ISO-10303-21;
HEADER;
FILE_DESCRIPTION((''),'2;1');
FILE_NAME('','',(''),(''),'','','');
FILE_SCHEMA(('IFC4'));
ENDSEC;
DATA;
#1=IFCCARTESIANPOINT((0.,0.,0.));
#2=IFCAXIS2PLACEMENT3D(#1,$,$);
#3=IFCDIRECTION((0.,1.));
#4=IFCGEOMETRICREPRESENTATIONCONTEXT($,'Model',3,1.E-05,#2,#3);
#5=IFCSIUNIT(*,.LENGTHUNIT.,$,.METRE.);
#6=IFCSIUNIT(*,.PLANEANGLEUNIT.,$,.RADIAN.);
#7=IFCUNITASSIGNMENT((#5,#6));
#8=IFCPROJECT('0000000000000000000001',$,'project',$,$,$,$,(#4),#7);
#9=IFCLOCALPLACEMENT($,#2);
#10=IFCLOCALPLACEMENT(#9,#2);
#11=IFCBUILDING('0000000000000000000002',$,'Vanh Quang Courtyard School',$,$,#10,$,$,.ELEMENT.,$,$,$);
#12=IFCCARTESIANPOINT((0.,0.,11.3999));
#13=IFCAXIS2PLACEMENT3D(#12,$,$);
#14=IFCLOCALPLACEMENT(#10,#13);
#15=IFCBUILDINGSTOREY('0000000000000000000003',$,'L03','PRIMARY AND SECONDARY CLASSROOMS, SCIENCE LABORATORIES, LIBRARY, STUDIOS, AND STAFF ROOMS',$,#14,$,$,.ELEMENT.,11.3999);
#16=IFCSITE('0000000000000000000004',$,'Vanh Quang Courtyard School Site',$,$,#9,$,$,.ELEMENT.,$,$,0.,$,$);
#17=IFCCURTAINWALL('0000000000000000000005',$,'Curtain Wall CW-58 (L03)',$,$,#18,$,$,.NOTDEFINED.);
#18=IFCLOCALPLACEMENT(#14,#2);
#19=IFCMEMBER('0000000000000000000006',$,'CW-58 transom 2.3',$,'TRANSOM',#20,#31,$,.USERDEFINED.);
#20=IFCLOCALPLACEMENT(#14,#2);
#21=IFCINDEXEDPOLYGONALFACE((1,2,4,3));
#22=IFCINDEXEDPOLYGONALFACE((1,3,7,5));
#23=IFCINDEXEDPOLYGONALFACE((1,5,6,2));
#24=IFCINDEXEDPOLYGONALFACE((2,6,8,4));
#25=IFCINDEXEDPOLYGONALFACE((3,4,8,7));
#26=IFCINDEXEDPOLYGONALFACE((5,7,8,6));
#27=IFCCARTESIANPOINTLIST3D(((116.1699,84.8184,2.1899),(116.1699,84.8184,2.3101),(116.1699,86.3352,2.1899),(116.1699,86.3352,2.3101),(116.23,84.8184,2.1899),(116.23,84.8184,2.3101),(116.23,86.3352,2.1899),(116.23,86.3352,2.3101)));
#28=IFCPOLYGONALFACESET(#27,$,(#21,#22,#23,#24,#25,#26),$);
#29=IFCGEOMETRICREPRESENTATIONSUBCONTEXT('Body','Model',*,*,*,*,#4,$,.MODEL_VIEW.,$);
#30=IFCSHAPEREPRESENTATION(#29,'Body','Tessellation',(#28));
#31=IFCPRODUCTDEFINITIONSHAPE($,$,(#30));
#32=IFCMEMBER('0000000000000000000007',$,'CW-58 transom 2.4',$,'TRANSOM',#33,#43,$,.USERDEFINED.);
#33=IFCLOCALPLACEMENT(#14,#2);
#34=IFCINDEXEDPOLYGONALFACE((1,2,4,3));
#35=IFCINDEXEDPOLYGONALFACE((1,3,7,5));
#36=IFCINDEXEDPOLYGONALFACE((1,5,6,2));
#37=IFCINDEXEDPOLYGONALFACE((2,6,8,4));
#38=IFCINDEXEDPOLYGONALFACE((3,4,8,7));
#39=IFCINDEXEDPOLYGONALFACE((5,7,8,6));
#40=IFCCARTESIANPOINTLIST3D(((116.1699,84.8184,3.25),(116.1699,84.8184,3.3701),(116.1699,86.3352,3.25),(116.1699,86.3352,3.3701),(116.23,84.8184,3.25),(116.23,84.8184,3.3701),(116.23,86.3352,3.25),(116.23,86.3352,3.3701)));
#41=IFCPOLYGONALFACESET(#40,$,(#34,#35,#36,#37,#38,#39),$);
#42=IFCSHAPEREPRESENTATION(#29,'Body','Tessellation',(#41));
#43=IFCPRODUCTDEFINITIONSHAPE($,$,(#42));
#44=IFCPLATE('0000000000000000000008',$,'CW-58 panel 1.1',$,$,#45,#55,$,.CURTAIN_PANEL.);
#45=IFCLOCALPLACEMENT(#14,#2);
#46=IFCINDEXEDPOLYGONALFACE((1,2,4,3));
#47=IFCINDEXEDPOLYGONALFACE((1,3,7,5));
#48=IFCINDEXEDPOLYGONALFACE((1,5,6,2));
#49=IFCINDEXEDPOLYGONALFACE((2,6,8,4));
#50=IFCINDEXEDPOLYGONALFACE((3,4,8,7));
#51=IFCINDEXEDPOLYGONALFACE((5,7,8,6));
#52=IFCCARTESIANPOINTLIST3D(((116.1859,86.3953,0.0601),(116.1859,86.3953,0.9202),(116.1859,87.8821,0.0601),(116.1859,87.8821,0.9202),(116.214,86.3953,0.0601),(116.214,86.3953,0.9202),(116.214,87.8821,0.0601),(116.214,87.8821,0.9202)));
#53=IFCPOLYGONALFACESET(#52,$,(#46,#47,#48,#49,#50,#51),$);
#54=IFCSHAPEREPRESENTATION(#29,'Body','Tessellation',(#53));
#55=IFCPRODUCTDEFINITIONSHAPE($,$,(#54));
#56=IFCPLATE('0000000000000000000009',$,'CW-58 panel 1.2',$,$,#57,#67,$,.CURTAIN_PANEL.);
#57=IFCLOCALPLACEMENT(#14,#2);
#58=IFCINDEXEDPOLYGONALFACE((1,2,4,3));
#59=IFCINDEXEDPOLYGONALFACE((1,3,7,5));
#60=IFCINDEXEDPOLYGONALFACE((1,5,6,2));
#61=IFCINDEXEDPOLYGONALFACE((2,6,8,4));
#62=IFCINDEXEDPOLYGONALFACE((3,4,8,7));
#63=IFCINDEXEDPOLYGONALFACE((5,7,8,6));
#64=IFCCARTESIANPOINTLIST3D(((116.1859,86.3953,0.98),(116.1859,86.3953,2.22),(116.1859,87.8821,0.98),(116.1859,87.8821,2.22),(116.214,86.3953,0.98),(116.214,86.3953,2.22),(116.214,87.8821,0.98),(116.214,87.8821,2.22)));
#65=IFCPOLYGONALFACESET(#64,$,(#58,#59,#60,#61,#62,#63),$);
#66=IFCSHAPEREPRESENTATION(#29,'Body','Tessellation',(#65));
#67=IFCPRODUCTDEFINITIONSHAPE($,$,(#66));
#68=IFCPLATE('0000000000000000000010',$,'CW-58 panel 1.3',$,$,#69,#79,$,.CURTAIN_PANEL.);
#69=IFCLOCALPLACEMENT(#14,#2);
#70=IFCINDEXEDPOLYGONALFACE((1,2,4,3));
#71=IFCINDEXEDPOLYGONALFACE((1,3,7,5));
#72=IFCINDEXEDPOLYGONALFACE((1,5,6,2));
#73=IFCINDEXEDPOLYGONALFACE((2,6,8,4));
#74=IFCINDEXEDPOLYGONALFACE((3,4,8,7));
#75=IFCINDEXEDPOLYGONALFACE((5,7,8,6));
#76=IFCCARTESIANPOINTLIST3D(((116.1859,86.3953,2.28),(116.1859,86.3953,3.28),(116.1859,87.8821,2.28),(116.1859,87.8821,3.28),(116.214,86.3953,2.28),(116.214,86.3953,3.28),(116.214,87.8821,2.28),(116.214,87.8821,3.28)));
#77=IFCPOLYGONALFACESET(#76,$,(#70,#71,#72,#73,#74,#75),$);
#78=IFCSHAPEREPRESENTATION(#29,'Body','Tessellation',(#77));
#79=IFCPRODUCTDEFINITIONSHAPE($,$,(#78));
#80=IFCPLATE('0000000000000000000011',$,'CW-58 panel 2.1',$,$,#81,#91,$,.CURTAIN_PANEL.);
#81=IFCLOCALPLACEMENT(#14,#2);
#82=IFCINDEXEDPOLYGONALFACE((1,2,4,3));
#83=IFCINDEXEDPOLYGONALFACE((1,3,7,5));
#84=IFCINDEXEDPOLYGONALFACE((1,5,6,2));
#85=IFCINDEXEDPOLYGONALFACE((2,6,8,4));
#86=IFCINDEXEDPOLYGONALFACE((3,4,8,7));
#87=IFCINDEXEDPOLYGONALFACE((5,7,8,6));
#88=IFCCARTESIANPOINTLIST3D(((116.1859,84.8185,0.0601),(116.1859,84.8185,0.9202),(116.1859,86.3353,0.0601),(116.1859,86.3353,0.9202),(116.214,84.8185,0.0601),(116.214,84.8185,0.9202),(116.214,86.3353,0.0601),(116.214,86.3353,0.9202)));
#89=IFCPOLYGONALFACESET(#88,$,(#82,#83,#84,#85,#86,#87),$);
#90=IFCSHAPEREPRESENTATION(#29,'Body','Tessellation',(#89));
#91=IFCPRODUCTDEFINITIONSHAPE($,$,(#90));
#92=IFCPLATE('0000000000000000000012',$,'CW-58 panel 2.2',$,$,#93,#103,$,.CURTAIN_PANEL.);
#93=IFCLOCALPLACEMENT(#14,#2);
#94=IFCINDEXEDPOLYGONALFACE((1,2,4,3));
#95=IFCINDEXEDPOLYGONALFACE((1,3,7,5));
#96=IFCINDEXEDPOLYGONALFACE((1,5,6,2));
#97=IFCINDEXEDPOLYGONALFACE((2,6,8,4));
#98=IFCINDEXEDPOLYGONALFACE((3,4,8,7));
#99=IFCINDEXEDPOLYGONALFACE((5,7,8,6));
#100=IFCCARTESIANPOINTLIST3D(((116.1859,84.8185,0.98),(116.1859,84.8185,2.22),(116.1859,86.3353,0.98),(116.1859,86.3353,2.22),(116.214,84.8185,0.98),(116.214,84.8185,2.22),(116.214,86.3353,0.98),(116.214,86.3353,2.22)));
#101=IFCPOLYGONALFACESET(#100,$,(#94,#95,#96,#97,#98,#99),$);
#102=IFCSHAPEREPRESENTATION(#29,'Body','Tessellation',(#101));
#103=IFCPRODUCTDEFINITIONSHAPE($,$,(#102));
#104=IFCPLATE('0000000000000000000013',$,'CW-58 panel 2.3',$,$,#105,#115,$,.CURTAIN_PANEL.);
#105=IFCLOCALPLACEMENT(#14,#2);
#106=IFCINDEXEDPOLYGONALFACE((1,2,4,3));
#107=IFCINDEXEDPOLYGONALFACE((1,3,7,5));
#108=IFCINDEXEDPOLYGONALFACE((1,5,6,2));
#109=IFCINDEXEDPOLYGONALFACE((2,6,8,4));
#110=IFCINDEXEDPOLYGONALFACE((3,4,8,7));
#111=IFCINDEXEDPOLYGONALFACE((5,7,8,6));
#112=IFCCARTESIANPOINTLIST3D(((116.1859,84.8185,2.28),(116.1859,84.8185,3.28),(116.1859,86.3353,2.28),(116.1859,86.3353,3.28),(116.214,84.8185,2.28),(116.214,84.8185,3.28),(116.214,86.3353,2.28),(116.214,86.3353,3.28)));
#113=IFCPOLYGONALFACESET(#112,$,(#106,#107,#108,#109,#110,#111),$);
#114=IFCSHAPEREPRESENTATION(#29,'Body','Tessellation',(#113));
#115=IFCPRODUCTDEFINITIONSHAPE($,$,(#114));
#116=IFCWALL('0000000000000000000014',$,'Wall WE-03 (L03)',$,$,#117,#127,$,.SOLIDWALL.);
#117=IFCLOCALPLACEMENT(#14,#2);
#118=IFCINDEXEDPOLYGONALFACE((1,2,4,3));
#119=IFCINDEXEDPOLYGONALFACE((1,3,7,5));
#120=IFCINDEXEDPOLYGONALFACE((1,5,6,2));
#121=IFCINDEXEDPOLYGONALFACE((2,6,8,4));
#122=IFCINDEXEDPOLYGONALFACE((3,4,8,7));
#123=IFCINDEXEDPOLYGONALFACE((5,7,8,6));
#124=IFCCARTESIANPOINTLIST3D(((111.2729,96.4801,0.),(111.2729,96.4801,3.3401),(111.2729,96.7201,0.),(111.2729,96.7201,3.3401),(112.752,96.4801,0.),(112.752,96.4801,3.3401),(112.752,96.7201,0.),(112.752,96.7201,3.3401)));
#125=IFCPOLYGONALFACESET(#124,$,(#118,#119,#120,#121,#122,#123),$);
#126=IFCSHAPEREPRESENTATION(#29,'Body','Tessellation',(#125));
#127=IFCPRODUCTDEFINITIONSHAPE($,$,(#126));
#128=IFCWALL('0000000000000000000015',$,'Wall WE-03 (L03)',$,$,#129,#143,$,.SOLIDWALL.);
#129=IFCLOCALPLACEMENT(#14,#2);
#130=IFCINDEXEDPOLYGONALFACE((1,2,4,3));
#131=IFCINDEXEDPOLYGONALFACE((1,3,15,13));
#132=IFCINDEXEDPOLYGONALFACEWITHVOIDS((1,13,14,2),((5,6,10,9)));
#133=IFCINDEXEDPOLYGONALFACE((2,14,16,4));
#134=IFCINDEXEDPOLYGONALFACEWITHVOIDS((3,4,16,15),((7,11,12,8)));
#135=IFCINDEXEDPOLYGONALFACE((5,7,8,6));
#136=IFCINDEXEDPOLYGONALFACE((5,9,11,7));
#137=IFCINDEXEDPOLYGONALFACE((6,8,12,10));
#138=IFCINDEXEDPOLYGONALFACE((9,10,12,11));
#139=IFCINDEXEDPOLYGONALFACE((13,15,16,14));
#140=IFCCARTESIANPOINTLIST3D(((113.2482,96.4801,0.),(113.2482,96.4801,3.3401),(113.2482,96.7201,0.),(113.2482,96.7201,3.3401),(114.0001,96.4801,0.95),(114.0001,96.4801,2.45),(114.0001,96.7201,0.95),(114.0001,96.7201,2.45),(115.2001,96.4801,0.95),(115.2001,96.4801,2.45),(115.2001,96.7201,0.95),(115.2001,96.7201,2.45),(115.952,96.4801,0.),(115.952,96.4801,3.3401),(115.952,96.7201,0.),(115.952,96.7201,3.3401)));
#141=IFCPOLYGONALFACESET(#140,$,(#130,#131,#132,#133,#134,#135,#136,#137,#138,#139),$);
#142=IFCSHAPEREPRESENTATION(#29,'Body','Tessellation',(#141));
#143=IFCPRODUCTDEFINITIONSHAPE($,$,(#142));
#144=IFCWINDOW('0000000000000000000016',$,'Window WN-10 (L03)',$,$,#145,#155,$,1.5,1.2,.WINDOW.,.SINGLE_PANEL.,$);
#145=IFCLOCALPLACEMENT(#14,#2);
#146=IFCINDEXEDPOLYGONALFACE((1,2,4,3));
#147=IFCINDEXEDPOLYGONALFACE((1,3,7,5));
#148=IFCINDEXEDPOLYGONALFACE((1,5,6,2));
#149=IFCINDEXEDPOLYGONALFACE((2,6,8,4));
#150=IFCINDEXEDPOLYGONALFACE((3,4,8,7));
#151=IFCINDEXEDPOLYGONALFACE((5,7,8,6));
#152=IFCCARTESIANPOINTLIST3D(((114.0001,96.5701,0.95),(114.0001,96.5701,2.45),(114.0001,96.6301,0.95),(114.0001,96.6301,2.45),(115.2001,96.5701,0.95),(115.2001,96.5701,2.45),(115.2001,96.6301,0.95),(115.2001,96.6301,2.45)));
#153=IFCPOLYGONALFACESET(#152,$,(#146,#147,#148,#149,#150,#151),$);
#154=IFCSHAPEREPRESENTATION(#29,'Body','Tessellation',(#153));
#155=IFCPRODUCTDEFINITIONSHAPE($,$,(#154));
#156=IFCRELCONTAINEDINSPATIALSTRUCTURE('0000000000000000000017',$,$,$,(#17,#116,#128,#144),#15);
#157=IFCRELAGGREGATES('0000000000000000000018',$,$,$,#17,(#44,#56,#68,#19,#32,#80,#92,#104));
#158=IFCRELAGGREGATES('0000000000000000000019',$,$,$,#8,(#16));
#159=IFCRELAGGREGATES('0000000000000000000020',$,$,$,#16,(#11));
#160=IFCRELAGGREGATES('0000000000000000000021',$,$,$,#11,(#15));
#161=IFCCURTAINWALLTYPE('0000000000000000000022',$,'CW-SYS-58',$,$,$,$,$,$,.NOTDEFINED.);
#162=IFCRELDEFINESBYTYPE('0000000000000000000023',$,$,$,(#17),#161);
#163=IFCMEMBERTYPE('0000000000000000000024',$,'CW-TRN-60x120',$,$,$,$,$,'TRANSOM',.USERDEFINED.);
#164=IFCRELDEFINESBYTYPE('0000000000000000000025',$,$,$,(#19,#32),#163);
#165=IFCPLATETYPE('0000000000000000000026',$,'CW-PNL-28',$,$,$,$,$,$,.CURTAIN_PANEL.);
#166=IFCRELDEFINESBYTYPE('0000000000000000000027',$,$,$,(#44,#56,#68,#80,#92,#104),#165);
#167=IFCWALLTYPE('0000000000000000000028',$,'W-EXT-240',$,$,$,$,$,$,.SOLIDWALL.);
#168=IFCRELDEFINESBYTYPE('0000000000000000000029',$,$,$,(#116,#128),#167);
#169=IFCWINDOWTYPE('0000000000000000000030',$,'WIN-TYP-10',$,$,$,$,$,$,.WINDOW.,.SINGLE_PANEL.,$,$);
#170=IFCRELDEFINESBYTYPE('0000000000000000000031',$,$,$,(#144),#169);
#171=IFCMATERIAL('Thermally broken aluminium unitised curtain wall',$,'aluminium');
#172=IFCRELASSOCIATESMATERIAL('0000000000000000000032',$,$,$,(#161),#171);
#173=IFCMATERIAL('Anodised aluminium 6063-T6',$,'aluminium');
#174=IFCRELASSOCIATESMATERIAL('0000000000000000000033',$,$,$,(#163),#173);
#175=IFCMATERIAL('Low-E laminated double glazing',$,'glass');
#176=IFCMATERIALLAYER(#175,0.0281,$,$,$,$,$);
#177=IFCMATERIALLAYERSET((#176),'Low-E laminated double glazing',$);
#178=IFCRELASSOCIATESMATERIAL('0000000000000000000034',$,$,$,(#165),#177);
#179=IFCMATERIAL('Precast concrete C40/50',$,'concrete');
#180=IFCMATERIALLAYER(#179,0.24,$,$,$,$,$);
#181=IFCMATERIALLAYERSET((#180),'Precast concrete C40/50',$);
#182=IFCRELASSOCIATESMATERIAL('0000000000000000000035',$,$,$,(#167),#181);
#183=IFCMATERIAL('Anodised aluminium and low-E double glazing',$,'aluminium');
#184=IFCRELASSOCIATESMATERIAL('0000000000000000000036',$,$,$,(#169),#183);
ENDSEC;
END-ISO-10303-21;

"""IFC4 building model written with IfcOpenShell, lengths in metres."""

from ifc_helpers import new_model, si_unit, direction, frame, frame_2d, origin, origin_2d, place, context, subcontext, project, spatial, rectangle, extrude, material, layer, layer_set, material_profile, profile_set, type_object, element, fill, aggregate, save


model = new_model("IFC4")

# Units and contexts
model_context = context("Model", 3, precision=1e-05, world=origin(), true_north=direction((0.0, 1.0)))
body_context = subcontext(model_context, "Body", "Model", "MODEL_VIEW")
ifc_project = project(units=[si_unit("LENGTHUNIT", "METRE"), si_unit("PLANEANGLEUNIT", "RADIAN")], contexts=[model_context])

# Site, building, storey
site_placement = place(None, origin())
site = spatial("IfcSite", under=ifc_project, at=site_placement, Name="Vanh Quang Courtyard School Site", CompositionType="ELEMENT", RefElevation=0.0)
building_placement = place(site_placement, origin())
building = spatial("IfcBuilding", under=site, at=building_placement, Name="Vanh Quang Courtyard School", CompositionType="ELEMENT")
storey_placement = place(building_placement, frame((0.0, 0.0, 11.3999)))
storey = spatial("IfcBuildingStorey", under=building, at=storey_placement, Name="L03", Description="PRIMARY AND SECONDARY CLASSROOMS, SCIENCE LABORATORIES, LIBRARY, STUDIOS, AND STAFF ROOMS", CompositionType="ELEMENT", Elevation=11.3999)

# Curtain wall, members, plates
ifc_material_1 = material(Name="Thermally broken aluminium unitised curtain wall", Category="aluminium")
curtain_wall_type = type_object("IfcCurtainWallType", Name="CW-SYS-58", PredefinedType="NOTDEFINED", material=ifc_material_1)
curtain_wall_placement = place(storey_placement, origin())
curtain_wall = element("IfcCurtainWall", 1, at=curtain_wall_placement, inside=storey, type_object=curtain_wall_type, Name="Curtain Wall CW-58 (L03)", PredefinedType="NOTDEFINED")
ifc_material_2 = material(Name="Anodised aluminium 6063-T6", Category="aluminium")
ifc_material_profile_1 = material_profile(ifc_material_2, rectangle(XDim=0.0601, YDim=0.1201, at=origin_2d()), Name="ALU-TRN 60x120")
ifc_profile_set_1 = profile_set([ifc_material_profile_1], Name="Anodised aluminium 6063-T6")
member_type_1 = type_object("IfcMemberType", Name="CW-TRN-60x120", ElementType="TRANSOM", PredefinedType="USERDEFINED", material=ifc_profile_set_1)
member_1_placement = place(storey_placement, frame((116.2, 86.3352, 2.25), z_axis=(0.0, -1.0, 0.0), x_axis=(1.0, 0.0, 0.0)))
member_1 = element("IfcMember", 2, at=member_1_placement, type_object=member_type_1, Name="CW-58 transom 2.3", ObjectType="TRANSOM", PredefinedType="USERDEFINED", context=body_context, shape_type="SweptSolid", body=[
    extrude(rectangle(XDim=0.0601, YDim=0.1201, at=origin_2d()), origin(), (0.0, 0.0, 1.0), 1.5168),
])
member_2_placement = place(storey_placement, frame((116.2, 86.3352, 3.3101), z_axis=(0.0, -1.0, 0.0), x_axis=(1.0, 0.0, 0.0)))
member_2 = element("IfcMember", 3, at=member_2_placement, type_object=member_type_1, Name="CW-58 transom 2.4", ObjectType="TRANSOM", PredefinedType="USERDEFINED", context=body_context, shape_type="SweptSolid", body=[
    extrude(rectangle(XDim=0.0601, YDim=0.1201, at=origin_2d()), origin(), (0.0, 0.0, 1.0), 1.5168),
])
ifc_material_3 = material(Name="Low-E laminated double glazing", Category="glass")
ifc_layer_1 = layer(ifc_material_3, 0.0281)
ifc_layer_set_1 = layer_set([ifc_layer_1], Name="Low-E laminated double glazing")
plate_type = type_object("IfcPlateType", Name="CW-PNL-28", PredefinedType="CURTAIN_PANEL", material=ifc_layer_set_1)
plate_1_placement = place(storey_placement, frame((116.2, 87.1387, 0.0601), z_axis=(0.0, 0.0, 1.0), x_axis=(0.0, -1.0, 0.0)))
plate_1 = element("IfcPlate", 4, at=plate_1_placement, type_object=plate_type, Name="CW-58 panel 1.1", PredefinedType="CURTAIN_PANEL", context=body_context, shape_type="SweptSolid", body=[
    extrude(rectangle(XDim=1.4868, YDim=0.0281, at=origin_2d()), origin(), (0.0, 0.0, 1.0), 0.8601),
])
plate_2_placement = place(storey_placement, frame((116.2, 87.1387, 0.98), z_axis=(0.0, 0.0, 1.0), x_axis=(0.0, -1.0, 0.0)))
plate_2 = element("IfcPlate", 5, at=plate_2_placement, type_object=plate_type, Name="CW-58 panel 1.2", PredefinedType="CURTAIN_PANEL", context=body_context, shape_type="SweptSolid", body=[
    extrude(rectangle(XDim=1.4868, YDim=0.0281, at=origin_2d()), origin(), (0.0, 0.0, 1.0), 1.24),
])
plate_3_placement = place(storey_placement, frame((116.2, 87.1387, 2.28), z_axis=(0.0, 0.0, 1.0), x_axis=(0.0, -1.0, 0.0)))
plate_3 = element("IfcPlate", 6, at=plate_3_placement, type_object=plate_type, Name="CW-58 panel 1.3", PredefinedType="CURTAIN_PANEL", context=body_context, shape_type="SweptSolid", body=[
    extrude(rectangle(XDim=1.4868, YDim=0.0281, at=origin_2d()), origin(), (0.0, 0.0, 1.0), 1.0),
])
plate_4_placement = place(storey_placement, frame((116.2, 85.5769, 0.0601), z_axis=(0.0, 0.0, 1.0), x_axis=(0.0, -1.0, 0.0)))
plate_4 = element("IfcPlate", 7, at=plate_4_placement, type_object=plate_type, Name="CW-58 panel 2.1", PredefinedType="CURTAIN_PANEL", context=body_context, shape_type="SweptSolid", body=[
    extrude(rectangle(XDim=1.5168, YDim=0.0281, at=origin_2d()), origin(), (0.0, 0.0, 1.0), 0.8601),
])
plate_5_placement = place(storey_placement, frame((116.2, 85.5769, 0.98), z_axis=(0.0, 0.0, 1.0), x_axis=(0.0, -1.0, 0.0)))
plate_5 = element("IfcPlate", 8, at=plate_5_placement, type_object=plate_type, Name="CW-58 panel 2.2", PredefinedType="CURTAIN_PANEL", context=body_context, shape_type="SweptSolid", body=[
    extrude(rectangle(XDim=1.5168, YDim=0.0281, at=origin_2d()), origin(), (0.0, 0.0, 1.0), 1.24),
])
plate_6_placement = place(storey_placement, frame((116.2, 85.5769, 2.28), z_axis=(0.0, 0.0, 1.0), x_axis=(0.0, -1.0, 0.0)))
plate_6 = element("IfcPlate", 9, at=plate_6_placement, type_object=plate_type, Name="CW-58 panel 2.3", PredefinedType="CURTAIN_PANEL", context=body_context, shape_type="SweptSolid", body=[
    extrude(rectangle(XDim=1.5168, YDim=0.0281, at=origin_2d()), origin(), (0.0, 0.0, 1.0), 1.0),
])
aggregate(curtain_wall, [plate_1, plate_2, plate_3, member_1, member_2, plate_4, plate_5, plate_6])

# Wall
ifc_material_4 = material(Name="Precast concrete C40/50", Category="concrete")
ifc_layer_2 = layer(ifc_material_4, 0.24)
ifc_layer_set_2 = layer_set([ifc_layer_2], Name="Precast concrete C40/50")
wall_type = type_object("IfcWallType", Name="W-EXT-240", PredefinedType="SOLIDWALL", material=ifc_layer_set_2)
wall_1_placement = place(storey_placement, frame((111.2729, 96.6001, 0.0), z_axis=(0.0, 0.0, 1.0), x_axis=(1.0, 0.0, 0.0)))
element("IfcWall", 10, at=wall_1_placement, inside=storey, type_object=wall_type, Name="Wall WE-03 (L03)", PredefinedType="SOLIDWALL", context=body_context, shape_type="SweptSolid", body=[
    extrude(rectangle(XDim=1.479, YDim=0.24, at=frame_2d((0.7395, 0.0))), origin(), (0.0, 0.0, 1.0), 3.3401),
])

# Wall, opening, window
wall_2_placement = place(storey_placement, frame((113.248, 96.6001, 0.0), z_axis=(0.0, 0.0, 1.0), x_axis=(1.0, 0.0, 0.0)))
wall_2 = element("IfcWall", 11, at=wall_2_placement, inside=storey, type_object=wall_type, Name="Wall WE-03 (L03)", PredefinedType="SOLIDWALL", context=body_context, shape_type="SweptSolid", body=[
    extrude(rectangle(XDim=2.7039, YDim=0.24, at=frame_2d((1.3521, 0.0))), origin(), (0.0, 0.0, 1.0), 3.3401),
])
opening_1_placement = place(wall_2_placement, frame((0.752, 0.0, 0.95)))
opening_1 = element("IfcOpeningElement", 12, at=opening_1_placement, cuts=wall_2, PredefinedType="OPENING", context=body_context, shape_type="SweptSolid", body=[
    extrude(rectangle(XDim=1.2, YDim=1.5, at=frame_2d((0.6001, 0.75))), frame((0.0, 0.1299, 0.0), z_axis=(0.0, -1.0, 0.0), x_axis=(1.0, 0.0, 0.0)), (0.0, 0.0, 1.0), 0.26),
])
ifc_material_5 = material(Name="Anodised aluminium and low-E double glazing", Category="aluminium")
window_type = type_object("IfcWindowType", Name="WIN-TYP-10", PartitioningType="SINGLE_PANEL", PredefinedType="WINDOW", material=ifc_material_5)
window_placement = place(opening_1_placement, origin())
window = element("IfcWindow", 13, at=window_placement, inside=storey, type_object=window_type, Name="Window WN-10 (L03)", OverallHeight=1.5, OverallWidth=1.2, PartitioningType="SINGLE_PANEL", PredefinedType="WINDOW", context=body_context, shape_type="SweptSolid", body=[
    extrude(rectangle(XDim=1.2, YDim=1.5, at=frame_2d((0.6001, 0.75))), frame((0.0, 0.03, 0.0), z_axis=(0.0, -1.0, 0.0), x_axis=(1.0, 0.0, 0.0)), (0.0, 0.0, 1.0), 0.0601),
])
fill(opening_1, window)

save(model, "model.ifc")
